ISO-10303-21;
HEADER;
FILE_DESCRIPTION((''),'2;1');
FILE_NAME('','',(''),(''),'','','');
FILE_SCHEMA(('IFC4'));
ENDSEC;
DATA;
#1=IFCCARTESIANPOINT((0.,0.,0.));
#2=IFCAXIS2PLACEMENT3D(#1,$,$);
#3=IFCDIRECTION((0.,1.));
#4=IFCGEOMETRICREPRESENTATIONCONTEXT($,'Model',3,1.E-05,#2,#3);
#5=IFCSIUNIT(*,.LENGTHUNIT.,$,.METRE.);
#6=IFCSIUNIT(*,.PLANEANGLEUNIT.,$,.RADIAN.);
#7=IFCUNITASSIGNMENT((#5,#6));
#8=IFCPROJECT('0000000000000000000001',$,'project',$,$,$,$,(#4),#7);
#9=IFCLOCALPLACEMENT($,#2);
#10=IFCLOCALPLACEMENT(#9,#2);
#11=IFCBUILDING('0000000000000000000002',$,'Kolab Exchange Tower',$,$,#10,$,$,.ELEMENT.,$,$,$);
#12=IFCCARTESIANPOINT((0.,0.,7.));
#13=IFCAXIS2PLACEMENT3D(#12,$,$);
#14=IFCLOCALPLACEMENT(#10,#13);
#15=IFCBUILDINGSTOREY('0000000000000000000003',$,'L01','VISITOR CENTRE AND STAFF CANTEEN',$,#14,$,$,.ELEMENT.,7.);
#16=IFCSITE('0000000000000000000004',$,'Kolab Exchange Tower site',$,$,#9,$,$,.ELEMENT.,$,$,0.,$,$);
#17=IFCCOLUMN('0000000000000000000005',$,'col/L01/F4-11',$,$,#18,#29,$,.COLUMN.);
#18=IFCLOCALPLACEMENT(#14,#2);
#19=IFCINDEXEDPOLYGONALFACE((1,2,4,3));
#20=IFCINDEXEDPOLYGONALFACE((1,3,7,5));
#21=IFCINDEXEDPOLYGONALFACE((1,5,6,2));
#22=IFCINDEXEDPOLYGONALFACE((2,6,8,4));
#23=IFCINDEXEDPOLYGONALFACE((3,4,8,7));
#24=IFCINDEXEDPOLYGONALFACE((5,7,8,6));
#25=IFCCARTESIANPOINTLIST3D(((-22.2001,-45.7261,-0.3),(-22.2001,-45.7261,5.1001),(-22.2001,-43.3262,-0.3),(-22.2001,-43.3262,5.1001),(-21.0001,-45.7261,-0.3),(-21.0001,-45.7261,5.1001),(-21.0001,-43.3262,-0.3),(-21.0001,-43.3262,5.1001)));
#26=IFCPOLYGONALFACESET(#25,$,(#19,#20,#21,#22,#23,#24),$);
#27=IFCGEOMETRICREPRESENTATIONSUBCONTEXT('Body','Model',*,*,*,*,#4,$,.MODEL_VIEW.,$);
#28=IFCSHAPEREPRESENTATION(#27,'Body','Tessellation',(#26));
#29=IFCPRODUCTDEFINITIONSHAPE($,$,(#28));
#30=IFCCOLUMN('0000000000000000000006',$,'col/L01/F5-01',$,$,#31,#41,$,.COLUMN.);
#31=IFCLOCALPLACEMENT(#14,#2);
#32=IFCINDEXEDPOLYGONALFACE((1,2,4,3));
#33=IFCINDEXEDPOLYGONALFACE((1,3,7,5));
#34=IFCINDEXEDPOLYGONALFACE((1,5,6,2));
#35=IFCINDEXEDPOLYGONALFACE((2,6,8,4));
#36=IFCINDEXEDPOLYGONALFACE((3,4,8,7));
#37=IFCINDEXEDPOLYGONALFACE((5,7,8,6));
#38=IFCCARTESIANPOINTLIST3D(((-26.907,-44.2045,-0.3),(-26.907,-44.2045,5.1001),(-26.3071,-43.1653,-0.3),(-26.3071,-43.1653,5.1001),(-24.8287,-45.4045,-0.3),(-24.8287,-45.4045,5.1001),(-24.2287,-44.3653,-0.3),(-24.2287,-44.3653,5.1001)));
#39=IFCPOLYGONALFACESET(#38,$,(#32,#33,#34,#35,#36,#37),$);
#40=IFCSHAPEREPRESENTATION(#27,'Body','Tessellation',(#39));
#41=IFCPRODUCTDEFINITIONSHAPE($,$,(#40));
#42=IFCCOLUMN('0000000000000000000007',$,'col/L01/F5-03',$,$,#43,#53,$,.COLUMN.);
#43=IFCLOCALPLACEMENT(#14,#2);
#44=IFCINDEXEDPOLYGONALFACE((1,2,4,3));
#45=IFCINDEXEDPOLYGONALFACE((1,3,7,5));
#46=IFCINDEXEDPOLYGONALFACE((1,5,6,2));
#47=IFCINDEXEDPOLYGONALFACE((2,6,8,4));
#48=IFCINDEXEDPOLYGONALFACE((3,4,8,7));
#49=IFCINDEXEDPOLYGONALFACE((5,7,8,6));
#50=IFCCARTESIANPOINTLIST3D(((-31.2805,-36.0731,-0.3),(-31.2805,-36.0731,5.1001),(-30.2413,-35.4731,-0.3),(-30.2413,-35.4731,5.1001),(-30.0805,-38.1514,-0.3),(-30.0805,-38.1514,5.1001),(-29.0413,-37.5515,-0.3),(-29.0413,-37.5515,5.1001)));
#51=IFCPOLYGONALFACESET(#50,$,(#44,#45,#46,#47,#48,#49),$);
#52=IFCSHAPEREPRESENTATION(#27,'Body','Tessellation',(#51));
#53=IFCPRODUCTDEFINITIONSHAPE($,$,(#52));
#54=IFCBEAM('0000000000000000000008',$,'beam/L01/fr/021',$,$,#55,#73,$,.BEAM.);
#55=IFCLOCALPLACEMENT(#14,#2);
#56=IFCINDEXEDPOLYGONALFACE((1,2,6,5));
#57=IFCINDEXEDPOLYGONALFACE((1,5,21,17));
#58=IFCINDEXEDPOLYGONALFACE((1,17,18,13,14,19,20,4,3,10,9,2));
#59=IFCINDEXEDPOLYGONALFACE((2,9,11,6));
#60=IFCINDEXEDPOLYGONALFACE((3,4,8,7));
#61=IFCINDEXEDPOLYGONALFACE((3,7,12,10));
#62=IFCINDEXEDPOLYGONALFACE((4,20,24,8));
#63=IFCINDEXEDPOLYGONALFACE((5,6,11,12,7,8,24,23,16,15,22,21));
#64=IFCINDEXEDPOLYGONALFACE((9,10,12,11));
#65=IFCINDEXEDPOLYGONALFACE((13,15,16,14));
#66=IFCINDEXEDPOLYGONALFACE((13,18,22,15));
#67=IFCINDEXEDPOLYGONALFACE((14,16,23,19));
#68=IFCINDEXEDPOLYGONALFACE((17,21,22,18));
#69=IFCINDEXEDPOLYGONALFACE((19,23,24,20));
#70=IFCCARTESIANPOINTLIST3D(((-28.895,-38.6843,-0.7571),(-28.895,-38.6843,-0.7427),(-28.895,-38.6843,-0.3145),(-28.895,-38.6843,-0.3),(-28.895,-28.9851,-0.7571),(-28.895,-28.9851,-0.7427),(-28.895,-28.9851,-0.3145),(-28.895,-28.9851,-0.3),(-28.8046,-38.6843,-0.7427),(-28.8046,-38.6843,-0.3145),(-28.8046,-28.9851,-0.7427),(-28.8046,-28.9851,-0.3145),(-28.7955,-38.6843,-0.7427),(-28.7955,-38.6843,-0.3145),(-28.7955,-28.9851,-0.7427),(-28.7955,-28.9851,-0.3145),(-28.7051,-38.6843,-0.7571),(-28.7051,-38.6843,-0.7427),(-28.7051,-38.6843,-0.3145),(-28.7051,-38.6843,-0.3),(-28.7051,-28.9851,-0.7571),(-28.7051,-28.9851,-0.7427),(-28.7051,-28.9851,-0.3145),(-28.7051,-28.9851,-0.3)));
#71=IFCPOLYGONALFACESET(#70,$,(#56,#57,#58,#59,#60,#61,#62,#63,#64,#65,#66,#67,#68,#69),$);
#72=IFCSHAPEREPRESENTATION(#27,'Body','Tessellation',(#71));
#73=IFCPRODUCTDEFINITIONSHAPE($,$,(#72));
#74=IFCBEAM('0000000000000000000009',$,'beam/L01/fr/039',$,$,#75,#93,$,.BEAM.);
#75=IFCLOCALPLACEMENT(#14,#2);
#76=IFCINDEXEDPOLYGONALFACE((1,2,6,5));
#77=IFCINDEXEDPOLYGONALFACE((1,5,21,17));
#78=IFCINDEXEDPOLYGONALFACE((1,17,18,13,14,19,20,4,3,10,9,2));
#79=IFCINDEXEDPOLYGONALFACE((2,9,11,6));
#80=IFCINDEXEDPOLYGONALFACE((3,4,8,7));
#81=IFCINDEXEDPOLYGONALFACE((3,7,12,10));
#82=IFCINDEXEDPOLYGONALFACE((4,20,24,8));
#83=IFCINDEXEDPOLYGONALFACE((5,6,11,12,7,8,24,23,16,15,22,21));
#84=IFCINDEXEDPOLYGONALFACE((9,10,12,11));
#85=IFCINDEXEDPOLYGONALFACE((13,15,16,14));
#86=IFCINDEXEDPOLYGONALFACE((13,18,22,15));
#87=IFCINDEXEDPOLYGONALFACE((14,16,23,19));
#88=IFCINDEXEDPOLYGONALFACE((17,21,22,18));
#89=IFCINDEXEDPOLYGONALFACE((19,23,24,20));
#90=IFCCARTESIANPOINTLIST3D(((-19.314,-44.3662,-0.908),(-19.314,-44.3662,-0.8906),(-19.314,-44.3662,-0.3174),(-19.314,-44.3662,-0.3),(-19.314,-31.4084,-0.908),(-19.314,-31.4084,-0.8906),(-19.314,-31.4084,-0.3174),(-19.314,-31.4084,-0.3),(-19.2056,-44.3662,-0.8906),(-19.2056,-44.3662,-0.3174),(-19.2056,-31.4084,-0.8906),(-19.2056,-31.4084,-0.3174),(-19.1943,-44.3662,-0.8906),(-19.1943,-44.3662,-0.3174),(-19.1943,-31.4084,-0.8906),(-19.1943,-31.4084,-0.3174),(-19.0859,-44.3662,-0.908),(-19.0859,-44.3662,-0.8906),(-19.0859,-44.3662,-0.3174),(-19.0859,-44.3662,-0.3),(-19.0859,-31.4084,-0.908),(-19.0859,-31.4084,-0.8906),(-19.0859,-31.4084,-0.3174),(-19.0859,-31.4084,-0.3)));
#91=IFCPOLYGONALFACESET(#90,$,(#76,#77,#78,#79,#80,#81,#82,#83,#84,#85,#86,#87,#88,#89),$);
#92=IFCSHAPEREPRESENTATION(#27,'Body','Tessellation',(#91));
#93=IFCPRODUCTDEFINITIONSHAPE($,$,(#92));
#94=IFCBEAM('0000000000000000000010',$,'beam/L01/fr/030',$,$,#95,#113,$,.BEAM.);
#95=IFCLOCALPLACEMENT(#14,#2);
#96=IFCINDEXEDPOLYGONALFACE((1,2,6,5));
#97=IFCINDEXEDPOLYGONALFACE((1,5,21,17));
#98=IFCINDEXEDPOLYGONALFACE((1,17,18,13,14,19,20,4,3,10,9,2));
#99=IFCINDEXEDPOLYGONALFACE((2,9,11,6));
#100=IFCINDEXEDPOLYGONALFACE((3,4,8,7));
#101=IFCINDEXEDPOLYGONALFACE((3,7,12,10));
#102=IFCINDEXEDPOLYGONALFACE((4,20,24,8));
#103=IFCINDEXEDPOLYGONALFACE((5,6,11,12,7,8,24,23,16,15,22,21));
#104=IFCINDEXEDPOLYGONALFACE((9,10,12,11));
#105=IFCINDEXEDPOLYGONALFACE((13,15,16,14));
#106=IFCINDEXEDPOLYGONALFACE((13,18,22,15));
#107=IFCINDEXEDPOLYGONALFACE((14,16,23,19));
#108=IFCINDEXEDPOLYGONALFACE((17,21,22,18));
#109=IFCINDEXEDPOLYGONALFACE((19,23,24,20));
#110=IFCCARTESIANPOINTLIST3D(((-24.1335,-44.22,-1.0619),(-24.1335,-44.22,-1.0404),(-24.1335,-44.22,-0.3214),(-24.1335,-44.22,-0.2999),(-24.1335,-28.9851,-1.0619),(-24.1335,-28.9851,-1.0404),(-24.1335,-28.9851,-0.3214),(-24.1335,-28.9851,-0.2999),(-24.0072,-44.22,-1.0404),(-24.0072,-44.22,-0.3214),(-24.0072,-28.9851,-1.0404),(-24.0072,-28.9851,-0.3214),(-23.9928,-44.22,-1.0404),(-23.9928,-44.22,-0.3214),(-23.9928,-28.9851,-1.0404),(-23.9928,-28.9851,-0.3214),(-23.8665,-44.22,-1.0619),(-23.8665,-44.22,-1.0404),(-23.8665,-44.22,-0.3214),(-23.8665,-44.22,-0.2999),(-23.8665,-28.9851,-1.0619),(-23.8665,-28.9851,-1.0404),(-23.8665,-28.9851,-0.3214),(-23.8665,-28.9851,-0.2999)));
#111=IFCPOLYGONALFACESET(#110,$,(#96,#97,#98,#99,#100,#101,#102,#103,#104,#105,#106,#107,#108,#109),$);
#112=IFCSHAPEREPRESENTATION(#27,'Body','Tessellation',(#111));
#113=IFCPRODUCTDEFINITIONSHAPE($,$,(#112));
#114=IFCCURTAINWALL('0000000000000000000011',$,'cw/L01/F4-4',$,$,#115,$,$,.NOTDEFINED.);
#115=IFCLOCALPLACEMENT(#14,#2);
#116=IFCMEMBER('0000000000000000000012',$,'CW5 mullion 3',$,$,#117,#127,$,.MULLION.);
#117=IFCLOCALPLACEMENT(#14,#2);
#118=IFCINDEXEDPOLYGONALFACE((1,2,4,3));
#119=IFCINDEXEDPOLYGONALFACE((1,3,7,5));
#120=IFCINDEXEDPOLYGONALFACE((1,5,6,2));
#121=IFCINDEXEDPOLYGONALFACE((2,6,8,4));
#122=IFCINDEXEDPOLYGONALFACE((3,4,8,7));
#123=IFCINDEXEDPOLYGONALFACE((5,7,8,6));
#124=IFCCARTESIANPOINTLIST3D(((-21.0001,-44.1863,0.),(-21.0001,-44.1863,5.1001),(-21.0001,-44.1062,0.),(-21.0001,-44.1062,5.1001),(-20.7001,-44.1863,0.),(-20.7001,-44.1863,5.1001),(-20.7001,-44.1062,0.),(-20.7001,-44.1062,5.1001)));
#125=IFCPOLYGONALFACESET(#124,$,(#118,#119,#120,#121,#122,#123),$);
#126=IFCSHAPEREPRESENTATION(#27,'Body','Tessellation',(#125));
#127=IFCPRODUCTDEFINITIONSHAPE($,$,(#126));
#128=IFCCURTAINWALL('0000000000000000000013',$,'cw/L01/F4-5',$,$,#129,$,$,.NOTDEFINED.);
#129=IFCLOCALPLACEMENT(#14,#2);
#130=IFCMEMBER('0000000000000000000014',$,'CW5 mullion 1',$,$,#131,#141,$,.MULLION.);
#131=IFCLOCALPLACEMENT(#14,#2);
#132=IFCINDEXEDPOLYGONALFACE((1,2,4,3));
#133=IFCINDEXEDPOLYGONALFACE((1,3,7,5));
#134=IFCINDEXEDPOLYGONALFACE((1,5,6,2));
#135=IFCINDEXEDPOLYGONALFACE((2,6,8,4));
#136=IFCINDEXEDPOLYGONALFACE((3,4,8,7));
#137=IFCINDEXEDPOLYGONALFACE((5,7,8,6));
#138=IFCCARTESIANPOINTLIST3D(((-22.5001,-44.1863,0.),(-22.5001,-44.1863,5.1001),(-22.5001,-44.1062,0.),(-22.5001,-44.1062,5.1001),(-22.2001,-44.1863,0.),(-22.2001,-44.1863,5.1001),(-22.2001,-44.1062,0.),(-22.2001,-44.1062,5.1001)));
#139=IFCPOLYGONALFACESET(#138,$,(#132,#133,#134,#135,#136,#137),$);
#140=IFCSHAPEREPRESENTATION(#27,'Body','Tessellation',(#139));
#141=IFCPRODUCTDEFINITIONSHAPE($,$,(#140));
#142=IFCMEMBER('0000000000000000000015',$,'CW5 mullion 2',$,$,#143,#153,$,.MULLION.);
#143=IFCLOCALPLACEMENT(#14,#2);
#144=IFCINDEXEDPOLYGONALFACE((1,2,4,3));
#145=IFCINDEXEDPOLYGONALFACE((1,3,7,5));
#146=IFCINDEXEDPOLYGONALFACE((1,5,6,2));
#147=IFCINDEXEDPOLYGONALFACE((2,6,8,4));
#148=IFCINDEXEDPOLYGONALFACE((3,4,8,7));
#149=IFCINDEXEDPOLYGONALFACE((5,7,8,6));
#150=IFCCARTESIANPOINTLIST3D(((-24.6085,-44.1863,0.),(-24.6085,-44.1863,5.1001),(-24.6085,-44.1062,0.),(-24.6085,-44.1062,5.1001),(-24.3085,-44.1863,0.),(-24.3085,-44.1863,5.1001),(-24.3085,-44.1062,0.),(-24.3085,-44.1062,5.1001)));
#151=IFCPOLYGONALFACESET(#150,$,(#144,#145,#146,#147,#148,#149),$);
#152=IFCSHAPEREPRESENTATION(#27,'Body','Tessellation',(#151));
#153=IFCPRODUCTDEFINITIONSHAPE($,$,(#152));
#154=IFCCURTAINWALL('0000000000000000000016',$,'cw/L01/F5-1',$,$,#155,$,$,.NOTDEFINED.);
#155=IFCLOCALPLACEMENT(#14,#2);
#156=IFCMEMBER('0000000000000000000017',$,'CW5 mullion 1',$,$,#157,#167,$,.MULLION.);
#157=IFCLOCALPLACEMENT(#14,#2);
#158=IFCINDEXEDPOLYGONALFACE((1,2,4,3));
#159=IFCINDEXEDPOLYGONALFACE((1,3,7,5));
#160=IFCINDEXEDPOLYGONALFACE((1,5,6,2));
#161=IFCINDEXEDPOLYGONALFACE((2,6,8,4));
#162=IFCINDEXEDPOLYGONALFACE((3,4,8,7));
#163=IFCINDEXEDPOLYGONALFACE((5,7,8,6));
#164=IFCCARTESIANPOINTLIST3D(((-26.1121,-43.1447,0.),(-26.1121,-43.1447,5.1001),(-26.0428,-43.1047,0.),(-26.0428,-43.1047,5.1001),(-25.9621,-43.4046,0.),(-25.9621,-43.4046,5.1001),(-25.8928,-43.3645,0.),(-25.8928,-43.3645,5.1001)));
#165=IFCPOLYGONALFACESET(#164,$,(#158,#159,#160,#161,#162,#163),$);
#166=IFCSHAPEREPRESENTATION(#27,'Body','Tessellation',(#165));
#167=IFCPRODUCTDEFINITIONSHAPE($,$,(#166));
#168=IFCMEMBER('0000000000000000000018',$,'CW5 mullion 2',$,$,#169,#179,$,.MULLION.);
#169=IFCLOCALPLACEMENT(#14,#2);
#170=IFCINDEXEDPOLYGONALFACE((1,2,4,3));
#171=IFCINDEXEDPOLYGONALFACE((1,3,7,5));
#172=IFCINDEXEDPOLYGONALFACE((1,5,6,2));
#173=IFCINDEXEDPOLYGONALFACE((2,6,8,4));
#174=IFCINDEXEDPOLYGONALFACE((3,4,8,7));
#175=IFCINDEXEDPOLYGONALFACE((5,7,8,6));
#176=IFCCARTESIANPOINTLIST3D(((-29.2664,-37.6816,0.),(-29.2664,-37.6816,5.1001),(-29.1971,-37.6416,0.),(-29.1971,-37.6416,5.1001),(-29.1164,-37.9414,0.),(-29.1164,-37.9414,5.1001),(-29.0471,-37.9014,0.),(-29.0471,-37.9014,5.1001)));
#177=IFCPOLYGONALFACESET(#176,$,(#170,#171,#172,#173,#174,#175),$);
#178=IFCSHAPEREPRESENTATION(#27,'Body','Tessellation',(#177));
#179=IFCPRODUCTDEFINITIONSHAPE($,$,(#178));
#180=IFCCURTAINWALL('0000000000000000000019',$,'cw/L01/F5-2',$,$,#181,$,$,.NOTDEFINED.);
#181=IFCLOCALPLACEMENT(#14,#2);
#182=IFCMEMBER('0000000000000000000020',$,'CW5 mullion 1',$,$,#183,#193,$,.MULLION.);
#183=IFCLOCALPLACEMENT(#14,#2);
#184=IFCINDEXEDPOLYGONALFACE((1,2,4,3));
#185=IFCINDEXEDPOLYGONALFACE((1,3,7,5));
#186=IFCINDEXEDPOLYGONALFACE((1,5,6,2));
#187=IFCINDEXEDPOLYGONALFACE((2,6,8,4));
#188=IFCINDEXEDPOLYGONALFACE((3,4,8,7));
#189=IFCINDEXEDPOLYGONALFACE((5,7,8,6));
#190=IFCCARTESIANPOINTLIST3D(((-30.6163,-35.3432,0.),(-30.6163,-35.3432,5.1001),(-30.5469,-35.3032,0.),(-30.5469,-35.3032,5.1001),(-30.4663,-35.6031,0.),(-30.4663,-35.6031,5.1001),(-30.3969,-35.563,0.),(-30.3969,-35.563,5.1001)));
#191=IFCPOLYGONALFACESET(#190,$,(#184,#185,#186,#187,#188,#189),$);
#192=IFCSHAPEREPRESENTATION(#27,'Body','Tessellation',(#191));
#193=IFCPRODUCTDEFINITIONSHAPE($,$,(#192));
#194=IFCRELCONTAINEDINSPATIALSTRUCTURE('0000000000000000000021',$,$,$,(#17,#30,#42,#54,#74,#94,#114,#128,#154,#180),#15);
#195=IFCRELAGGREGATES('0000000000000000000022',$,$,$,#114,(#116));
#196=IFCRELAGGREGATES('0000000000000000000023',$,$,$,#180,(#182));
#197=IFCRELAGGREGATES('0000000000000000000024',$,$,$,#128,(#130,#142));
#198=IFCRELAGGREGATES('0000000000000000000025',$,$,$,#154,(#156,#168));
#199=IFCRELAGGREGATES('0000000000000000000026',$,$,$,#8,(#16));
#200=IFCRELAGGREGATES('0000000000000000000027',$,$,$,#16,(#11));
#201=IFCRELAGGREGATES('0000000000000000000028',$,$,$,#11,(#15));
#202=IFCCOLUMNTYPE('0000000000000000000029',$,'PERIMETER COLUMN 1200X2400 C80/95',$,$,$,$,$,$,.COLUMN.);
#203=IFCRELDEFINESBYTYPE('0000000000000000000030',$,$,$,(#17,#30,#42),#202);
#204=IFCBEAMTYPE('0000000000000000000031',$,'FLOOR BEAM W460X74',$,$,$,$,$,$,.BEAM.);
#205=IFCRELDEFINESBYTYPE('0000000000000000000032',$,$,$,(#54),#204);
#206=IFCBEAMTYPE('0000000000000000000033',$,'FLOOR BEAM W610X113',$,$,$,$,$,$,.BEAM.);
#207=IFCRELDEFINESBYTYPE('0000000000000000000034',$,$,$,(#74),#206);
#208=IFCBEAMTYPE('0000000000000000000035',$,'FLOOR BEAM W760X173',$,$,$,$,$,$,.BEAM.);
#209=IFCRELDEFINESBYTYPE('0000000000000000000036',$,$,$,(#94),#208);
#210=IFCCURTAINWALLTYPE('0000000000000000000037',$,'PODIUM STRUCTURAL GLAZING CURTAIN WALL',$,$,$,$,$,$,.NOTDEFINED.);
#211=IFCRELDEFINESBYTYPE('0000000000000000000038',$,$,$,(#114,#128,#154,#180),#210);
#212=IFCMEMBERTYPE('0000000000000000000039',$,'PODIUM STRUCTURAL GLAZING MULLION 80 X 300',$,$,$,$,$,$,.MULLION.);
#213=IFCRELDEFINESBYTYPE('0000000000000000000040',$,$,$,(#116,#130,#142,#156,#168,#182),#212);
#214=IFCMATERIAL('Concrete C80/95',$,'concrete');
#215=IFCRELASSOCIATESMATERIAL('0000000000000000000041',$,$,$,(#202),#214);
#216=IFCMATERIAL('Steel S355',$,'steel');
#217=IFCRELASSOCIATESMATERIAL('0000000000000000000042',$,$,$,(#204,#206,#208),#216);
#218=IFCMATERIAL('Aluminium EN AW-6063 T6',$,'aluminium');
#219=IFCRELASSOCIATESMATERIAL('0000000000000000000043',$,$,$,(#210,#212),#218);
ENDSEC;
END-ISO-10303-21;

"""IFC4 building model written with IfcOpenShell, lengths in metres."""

from ifc_helpers import new_model, si_unit, direction, frame, origin, origin_2d, place, context, subcontext, project, spatial, rectangle, i_section, extrude, material, material_profile, profile_set, type_object, element, aggregate, save


model = new_model("IFC4")

# Units and contexts
model_context = context("Model", 3, precision=1e-05, world=origin(), true_north=direction((0.0, 1.0)))
body_context = subcontext(model_context, "Body", "Model", "MODEL_VIEW")
ifc_project = project(units=[si_unit("LENGTHUNIT", "METRE"), si_unit("PLANEANGLEUNIT", "RADIAN")], contexts=[model_context])

# Site, building, storey
site_placement = place(None, origin())
site = spatial("IfcSite", under=ifc_project, at=site_placement, Name="Kolab Exchange Tower site", CompositionType="ELEMENT", RefElevation=0.0)
building_placement = place(site_placement, origin())
building = spatial("IfcBuilding", under=site, at=building_placement, Name="Kolab Exchange Tower", CompositionType="ELEMENT")
storey_placement = place(building_placement, frame((0.0, 0.0, 7.0)))
storey = spatial("IfcBuildingStorey", under=building, at=storey_placement, Name="L01", Description="VISITOR CENTRE AND STAFF CANTEEN", CompositionType="ELEMENT", Elevation=7.0)

# Columns
ifc_material_1 = material(Name="Concrete C80/95", Category="concrete")
ifc_material_profile_1 = material_profile(ifc_material_1, rectangle(XDim=1.2, YDim=2.3999, at=origin_2d()), Name="RC1200X2400")
ifc_profile_set_1 = profile_set([ifc_material_profile_1], Name="Concrete C80/95")
column_type = type_object("IfcColumnType", Name="PERIMETER COLUMN 1200X2400 C80/95", PredefinedType="COLUMN", material=ifc_profile_set_1)
for number, where, z_axis, x_axis, name in (
    (1, (-21.6001, -44.5261, -0.3), (0.0, 0.0, 1.0), (1.0, 0.0, 0.0), "col/L01/F4-11"),
    (2, (-25.5679, -44.2849, -0.3), (0.0, 0.0, 1.0), (0.5, 0.866025, 0.0), "col/L01/F5-01"),
    (3, (-30.1609, -36.8123, -0.3), (0.0, 0.0, 1.0), (0.866025, 0.5, 0.0), "col/L01/F5-03"),
):
    element("IfcColumn", number, at=place(storey_placement, frame(where, z_axis=z_axis, x_axis=x_axis)), inside=storey, type_object=column_type, Name=name, PredefinedType="COLUMN", context=body_context, shape_type="SweptSolid", body=[
        extrude(rectangle(XDim=1.2, YDim=2.3999, at=origin_2d()), origin(), (0.0, 0.0, 1.0), 5.4001),
    ])

# Beams
ifc_material_2 = material(Name="Steel S355", Category="steel")
ifc_material_profile_2 = material_profile(ifc_material_2, i_section(OverallWidth=0.1899, OverallDepth=0.457, WebThickness=0.009, FlangeThickness=0.0144, at=origin_2d()), Name="W460X74")
ifc_profile_set_2 = profile_set([ifc_material_profile_2], Name="Steel S355")
beam_type_1 = type_object("IfcBeamType", Name="FLOOR BEAM W460X74", PredefinedType="BEAM", material=ifc_profile_set_2)
beam_1_placement = place(storey_placement, frame((-28.8, -38.6843, -0.5286), z_axis=(0.0, 1.0, 0.0), x_axis=(-1.0, 0.0, 0.0)))
element("IfcBeam", 4, at=beam_1_placement, inside=storey, type_object=beam_type_1, Name="beam/L01/fr/021", PredefinedType="BEAM", context=body_context, shape_type="SweptSolid", body=[
    extrude(i_section(OverallWidth=0.1899, OverallDepth=0.457, WebThickness=0.009, FlangeThickness=0.0144, at=origin_2d()), origin(), (0.0, 0.0, 1.0), 9.6992),
])
ifc_material_profile_3 = material_profile(ifc_material_2, i_section(OverallWidth=0.228, OverallDepth=0.6079, WebThickness=0.0112, FlangeThickness=0.0173, at=origin_2d()), Name="W610X113")
ifc_profile_set_3 = profile_set([ifc_material_profile_3], Name="Steel S355")
beam_type_2 = type_object("IfcBeamType", Name="FLOOR BEAM W610X113", PredefinedType="BEAM", material=ifc_profile_set_3)
beam_2_placement = place(storey_placement, frame((-19.2, -44.3662, -0.604), z_axis=(0.0, 1.0, 0.0), x_axis=(-1.0, 0.0, 0.0)))
element("IfcBeam", 5, at=beam_2_placement, inside=storey, type_object=beam_type_2, Name="beam/L01/fr/039", PredefinedType="BEAM", context=body_context, shape_type="SweptSolid", body=[
    extrude(i_section(OverallWidth=0.228, OverallDepth=0.6079, WebThickness=0.0112, FlangeThickness=0.0173, at=origin_2d()), origin(), (0.0, 0.0, 1.0), 12.9578),
])
ifc_material_profile_4 = material_profile(ifc_material_2, i_section(OverallWidth=0.2671, OverallDepth=0.762, WebThickness=0.0144, FlangeThickness=0.0215, at=origin_2d()), Name="W760X173")
ifc_profile_set_4 = profile_set([ifc_material_profile_4], Name="Steel S355")
beam_type_3 = type_object("IfcBeamType", Name="FLOOR BEAM W760X173", PredefinedType="BEAM", material=ifc_profile_set_4)
beam_3_placement = place(storey_placement, frame((-24.0, -44.22, -0.6809), z_axis=(0.0, 1.0, 0.0), x_axis=(-1.0, 0.0, 0.0)))
element("IfcBeam", 6, at=beam_3_placement, inside=storey, type_object=beam_type_3, Name="beam/L01/fr/030", PredefinedType="BEAM", context=body_context, shape_type="SweptSolid", body=[
    extrude(i_section(OverallWidth=0.2671, OverallDepth=0.762, WebThickness=0.0144, FlangeThickness=0.0215, at=origin_2d()), origin(), (0.0, 0.0, 1.0), 15.2349),
])

# Curtain wall, member
ifc_material_3 = material(Name="Aluminium EN AW-6063 T6", Category="aluminium")
curtain_wall_type = type_object("IfcCurtainWallType", Name="PODIUM STRUCTURAL GLAZING CURTAIN WALL", PredefinedType="NOTDEFINED", material=ifc_material_3)
curtain_wall_1_placement = place(storey_placement, origin())
curtain_wall_1 = element("IfcCurtainWall", 7, at=curtain_wall_1_placement, inside=storey, type_object=curtain_wall_type, Name="cw/L01/F4-4", PredefinedType="NOTDEFINED")
ifc_material_profile_5 = material_profile(ifc_material_3, rectangle(XDim=0.0801, YDim=0.3, at=origin_2d()), Name="RECT 80X300")
ifc_profile_set_5 = profile_set([ifc_material_profile_5], Name="Aluminium EN AW-6063 T6")
member_type_1 = type_object("IfcMemberType", Name="PODIUM STRUCTURAL GLAZING MULLION 80 X 300", PredefinedType="MULLION", material=ifc_profile_set_5)
member_1_placement = place(storey_placement, frame((-20.8501, -44.1462, 0.0), z_axis=(0.0, 0.0, 1.0), x_axis=(0.0, -1.0, 0.0)))
member_1 = element("IfcMember", 8, at=member_1_placement, type_object=member_type_1, Name="CW5 mullion 3", PredefinedType="MULLION", context=body_context, shape_type="SweptSolid", body=[
    extrude(rectangle(XDim=0.0801, YDim=0.3, at=origin_2d()), origin(), (0.0, 0.0, 1.0), 5.1001),
])
aggregate(curtain_wall_1, [member_1])

# Curtain walls, members
curtain_wall_2_placement = place(storey_placement, origin())
curtain_wall_2 = element("IfcCurtainWall", 9, at=curtain_wall_2_placement, inside=storey, type_object=curtain_wall_type, Name="cw/L01/F4-5", PredefinedType="NOTDEFINED")
member_2_placement = place(storey_placement, frame((-22.3501, -44.1462, 0.0), z_axis=(0.0, 0.0, 1.0), x_axis=(0.0, -1.0, 0.0)))
member_2 = element("IfcMember", 10, at=member_2_placement, type_object=member_type_1, Name="CW5 mullion 1", PredefinedType="MULLION", context=body_context, shape_type="SweptSolid", body=[
    extrude(rectangle(XDim=0.0801, YDim=0.3, at=origin_2d()), origin(), (0.0, 0.0, 1.0), 5.1001),
])
member_3_placement = place(storey_placement, frame((-24.4585, -44.1462, 0.0), z_axis=(0.0, 0.0, 1.0), x_axis=(0.0, -1.0, 0.0)))
member_3 = element("IfcMember", 11, at=member_3_placement, type_object=member_type_1, Name="CW5 mullion 2", PredefinedType="MULLION", context=body_context, shape_type="SweptSolid", body=[
    extrude(rectangle(XDim=0.0801, YDim=0.3, at=origin_2d()), origin(), (0.0, 0.0, 1.0), 5.1001),
])
curtain_wall_3_placement = place(storey_placement, origin())
curtain_wall_3 = element("IfcCurtainWall", 12, at=curtain_wall_3_placement, inside=storey, type_object=curtain_wall_type, Name="cw/L01/F5-1", PredefinedType="NOTDEFINED")
member_4_placement = place(storey_placement, frame((-26.0024, -43.2546, 0.0), z_axis=(0.0, 0.0, 1.0), x_axis=(-0.866025, -0.5, 0.0)))
member_4 = element("IfcMember", 13, at=member_4_placement, type_object=member_type_1, Name="CW5 mullion 1", PredefinedType="MULLION", context=body_context, shape_type="SweptSolid", body=[
    extrude(rectangle(XDim=0.0801, YDim=0.3, at=origin_2d()), origin(), (0.0, 0.0, 1.0), 5.1001),
])
member_5_placement = place(storey_placement, frame((-29.1567, -37.7915, 0.0), z_axis=(0.0, 0.0, 1.0), x_axis=(-0.866025, -0.5, 0.0)))
member_5 = element("IfcMember", 14, at=member_5_placement, type_object=member_type_1, Name="CW5 mullion 2", PredefinedType="MULLION", context=body_context, shape_type="SweptSolid", body=[
    extrude(rectangle(XDim=0.0801, YDim=0.3, at=origin_2d()), origin(), (0.0, 0.0, 1.0), 5.1001),
])

# Curtain wall, member
curtain_wall_4_placement = place(storey_placement, origin())
curtain_wall_4 = element("IfcCurtainWall", 15, at=curtain_wall_4_placement, inside=storey, type_object=curtain_wall_type, Name="cw/L01/F5-2", PredefinedType="NOTDEFINED")
member_6_placement = place(storey_placement, frame((-30.5066, -35.4531, 0.0), z_axis=(0.0, 0.0, 1.0), x_axis=(-0.866025, -0.5, 0.0)))
member_6 = element("IfcMember", 16, at=member_6_placement, type_object=member_type_1, Name="CW5 mullion 1", PredefinedType="MULLION", context=body_context, shape_type="SweptSolid", body=[
    extrude(rectangle(XDim=0.0801, YDim=0.3, at=origin_2d()), origin(), (0.0, 0.0, 1.0), 5.1001),
])

aggregate(curtain_wall_4, [member_6])

aggregate(curtain_wall_2, [member_2, member_3])
aggregate(curtain_wall_3, [member_4, member_5])

save(model, "model.ifc")
